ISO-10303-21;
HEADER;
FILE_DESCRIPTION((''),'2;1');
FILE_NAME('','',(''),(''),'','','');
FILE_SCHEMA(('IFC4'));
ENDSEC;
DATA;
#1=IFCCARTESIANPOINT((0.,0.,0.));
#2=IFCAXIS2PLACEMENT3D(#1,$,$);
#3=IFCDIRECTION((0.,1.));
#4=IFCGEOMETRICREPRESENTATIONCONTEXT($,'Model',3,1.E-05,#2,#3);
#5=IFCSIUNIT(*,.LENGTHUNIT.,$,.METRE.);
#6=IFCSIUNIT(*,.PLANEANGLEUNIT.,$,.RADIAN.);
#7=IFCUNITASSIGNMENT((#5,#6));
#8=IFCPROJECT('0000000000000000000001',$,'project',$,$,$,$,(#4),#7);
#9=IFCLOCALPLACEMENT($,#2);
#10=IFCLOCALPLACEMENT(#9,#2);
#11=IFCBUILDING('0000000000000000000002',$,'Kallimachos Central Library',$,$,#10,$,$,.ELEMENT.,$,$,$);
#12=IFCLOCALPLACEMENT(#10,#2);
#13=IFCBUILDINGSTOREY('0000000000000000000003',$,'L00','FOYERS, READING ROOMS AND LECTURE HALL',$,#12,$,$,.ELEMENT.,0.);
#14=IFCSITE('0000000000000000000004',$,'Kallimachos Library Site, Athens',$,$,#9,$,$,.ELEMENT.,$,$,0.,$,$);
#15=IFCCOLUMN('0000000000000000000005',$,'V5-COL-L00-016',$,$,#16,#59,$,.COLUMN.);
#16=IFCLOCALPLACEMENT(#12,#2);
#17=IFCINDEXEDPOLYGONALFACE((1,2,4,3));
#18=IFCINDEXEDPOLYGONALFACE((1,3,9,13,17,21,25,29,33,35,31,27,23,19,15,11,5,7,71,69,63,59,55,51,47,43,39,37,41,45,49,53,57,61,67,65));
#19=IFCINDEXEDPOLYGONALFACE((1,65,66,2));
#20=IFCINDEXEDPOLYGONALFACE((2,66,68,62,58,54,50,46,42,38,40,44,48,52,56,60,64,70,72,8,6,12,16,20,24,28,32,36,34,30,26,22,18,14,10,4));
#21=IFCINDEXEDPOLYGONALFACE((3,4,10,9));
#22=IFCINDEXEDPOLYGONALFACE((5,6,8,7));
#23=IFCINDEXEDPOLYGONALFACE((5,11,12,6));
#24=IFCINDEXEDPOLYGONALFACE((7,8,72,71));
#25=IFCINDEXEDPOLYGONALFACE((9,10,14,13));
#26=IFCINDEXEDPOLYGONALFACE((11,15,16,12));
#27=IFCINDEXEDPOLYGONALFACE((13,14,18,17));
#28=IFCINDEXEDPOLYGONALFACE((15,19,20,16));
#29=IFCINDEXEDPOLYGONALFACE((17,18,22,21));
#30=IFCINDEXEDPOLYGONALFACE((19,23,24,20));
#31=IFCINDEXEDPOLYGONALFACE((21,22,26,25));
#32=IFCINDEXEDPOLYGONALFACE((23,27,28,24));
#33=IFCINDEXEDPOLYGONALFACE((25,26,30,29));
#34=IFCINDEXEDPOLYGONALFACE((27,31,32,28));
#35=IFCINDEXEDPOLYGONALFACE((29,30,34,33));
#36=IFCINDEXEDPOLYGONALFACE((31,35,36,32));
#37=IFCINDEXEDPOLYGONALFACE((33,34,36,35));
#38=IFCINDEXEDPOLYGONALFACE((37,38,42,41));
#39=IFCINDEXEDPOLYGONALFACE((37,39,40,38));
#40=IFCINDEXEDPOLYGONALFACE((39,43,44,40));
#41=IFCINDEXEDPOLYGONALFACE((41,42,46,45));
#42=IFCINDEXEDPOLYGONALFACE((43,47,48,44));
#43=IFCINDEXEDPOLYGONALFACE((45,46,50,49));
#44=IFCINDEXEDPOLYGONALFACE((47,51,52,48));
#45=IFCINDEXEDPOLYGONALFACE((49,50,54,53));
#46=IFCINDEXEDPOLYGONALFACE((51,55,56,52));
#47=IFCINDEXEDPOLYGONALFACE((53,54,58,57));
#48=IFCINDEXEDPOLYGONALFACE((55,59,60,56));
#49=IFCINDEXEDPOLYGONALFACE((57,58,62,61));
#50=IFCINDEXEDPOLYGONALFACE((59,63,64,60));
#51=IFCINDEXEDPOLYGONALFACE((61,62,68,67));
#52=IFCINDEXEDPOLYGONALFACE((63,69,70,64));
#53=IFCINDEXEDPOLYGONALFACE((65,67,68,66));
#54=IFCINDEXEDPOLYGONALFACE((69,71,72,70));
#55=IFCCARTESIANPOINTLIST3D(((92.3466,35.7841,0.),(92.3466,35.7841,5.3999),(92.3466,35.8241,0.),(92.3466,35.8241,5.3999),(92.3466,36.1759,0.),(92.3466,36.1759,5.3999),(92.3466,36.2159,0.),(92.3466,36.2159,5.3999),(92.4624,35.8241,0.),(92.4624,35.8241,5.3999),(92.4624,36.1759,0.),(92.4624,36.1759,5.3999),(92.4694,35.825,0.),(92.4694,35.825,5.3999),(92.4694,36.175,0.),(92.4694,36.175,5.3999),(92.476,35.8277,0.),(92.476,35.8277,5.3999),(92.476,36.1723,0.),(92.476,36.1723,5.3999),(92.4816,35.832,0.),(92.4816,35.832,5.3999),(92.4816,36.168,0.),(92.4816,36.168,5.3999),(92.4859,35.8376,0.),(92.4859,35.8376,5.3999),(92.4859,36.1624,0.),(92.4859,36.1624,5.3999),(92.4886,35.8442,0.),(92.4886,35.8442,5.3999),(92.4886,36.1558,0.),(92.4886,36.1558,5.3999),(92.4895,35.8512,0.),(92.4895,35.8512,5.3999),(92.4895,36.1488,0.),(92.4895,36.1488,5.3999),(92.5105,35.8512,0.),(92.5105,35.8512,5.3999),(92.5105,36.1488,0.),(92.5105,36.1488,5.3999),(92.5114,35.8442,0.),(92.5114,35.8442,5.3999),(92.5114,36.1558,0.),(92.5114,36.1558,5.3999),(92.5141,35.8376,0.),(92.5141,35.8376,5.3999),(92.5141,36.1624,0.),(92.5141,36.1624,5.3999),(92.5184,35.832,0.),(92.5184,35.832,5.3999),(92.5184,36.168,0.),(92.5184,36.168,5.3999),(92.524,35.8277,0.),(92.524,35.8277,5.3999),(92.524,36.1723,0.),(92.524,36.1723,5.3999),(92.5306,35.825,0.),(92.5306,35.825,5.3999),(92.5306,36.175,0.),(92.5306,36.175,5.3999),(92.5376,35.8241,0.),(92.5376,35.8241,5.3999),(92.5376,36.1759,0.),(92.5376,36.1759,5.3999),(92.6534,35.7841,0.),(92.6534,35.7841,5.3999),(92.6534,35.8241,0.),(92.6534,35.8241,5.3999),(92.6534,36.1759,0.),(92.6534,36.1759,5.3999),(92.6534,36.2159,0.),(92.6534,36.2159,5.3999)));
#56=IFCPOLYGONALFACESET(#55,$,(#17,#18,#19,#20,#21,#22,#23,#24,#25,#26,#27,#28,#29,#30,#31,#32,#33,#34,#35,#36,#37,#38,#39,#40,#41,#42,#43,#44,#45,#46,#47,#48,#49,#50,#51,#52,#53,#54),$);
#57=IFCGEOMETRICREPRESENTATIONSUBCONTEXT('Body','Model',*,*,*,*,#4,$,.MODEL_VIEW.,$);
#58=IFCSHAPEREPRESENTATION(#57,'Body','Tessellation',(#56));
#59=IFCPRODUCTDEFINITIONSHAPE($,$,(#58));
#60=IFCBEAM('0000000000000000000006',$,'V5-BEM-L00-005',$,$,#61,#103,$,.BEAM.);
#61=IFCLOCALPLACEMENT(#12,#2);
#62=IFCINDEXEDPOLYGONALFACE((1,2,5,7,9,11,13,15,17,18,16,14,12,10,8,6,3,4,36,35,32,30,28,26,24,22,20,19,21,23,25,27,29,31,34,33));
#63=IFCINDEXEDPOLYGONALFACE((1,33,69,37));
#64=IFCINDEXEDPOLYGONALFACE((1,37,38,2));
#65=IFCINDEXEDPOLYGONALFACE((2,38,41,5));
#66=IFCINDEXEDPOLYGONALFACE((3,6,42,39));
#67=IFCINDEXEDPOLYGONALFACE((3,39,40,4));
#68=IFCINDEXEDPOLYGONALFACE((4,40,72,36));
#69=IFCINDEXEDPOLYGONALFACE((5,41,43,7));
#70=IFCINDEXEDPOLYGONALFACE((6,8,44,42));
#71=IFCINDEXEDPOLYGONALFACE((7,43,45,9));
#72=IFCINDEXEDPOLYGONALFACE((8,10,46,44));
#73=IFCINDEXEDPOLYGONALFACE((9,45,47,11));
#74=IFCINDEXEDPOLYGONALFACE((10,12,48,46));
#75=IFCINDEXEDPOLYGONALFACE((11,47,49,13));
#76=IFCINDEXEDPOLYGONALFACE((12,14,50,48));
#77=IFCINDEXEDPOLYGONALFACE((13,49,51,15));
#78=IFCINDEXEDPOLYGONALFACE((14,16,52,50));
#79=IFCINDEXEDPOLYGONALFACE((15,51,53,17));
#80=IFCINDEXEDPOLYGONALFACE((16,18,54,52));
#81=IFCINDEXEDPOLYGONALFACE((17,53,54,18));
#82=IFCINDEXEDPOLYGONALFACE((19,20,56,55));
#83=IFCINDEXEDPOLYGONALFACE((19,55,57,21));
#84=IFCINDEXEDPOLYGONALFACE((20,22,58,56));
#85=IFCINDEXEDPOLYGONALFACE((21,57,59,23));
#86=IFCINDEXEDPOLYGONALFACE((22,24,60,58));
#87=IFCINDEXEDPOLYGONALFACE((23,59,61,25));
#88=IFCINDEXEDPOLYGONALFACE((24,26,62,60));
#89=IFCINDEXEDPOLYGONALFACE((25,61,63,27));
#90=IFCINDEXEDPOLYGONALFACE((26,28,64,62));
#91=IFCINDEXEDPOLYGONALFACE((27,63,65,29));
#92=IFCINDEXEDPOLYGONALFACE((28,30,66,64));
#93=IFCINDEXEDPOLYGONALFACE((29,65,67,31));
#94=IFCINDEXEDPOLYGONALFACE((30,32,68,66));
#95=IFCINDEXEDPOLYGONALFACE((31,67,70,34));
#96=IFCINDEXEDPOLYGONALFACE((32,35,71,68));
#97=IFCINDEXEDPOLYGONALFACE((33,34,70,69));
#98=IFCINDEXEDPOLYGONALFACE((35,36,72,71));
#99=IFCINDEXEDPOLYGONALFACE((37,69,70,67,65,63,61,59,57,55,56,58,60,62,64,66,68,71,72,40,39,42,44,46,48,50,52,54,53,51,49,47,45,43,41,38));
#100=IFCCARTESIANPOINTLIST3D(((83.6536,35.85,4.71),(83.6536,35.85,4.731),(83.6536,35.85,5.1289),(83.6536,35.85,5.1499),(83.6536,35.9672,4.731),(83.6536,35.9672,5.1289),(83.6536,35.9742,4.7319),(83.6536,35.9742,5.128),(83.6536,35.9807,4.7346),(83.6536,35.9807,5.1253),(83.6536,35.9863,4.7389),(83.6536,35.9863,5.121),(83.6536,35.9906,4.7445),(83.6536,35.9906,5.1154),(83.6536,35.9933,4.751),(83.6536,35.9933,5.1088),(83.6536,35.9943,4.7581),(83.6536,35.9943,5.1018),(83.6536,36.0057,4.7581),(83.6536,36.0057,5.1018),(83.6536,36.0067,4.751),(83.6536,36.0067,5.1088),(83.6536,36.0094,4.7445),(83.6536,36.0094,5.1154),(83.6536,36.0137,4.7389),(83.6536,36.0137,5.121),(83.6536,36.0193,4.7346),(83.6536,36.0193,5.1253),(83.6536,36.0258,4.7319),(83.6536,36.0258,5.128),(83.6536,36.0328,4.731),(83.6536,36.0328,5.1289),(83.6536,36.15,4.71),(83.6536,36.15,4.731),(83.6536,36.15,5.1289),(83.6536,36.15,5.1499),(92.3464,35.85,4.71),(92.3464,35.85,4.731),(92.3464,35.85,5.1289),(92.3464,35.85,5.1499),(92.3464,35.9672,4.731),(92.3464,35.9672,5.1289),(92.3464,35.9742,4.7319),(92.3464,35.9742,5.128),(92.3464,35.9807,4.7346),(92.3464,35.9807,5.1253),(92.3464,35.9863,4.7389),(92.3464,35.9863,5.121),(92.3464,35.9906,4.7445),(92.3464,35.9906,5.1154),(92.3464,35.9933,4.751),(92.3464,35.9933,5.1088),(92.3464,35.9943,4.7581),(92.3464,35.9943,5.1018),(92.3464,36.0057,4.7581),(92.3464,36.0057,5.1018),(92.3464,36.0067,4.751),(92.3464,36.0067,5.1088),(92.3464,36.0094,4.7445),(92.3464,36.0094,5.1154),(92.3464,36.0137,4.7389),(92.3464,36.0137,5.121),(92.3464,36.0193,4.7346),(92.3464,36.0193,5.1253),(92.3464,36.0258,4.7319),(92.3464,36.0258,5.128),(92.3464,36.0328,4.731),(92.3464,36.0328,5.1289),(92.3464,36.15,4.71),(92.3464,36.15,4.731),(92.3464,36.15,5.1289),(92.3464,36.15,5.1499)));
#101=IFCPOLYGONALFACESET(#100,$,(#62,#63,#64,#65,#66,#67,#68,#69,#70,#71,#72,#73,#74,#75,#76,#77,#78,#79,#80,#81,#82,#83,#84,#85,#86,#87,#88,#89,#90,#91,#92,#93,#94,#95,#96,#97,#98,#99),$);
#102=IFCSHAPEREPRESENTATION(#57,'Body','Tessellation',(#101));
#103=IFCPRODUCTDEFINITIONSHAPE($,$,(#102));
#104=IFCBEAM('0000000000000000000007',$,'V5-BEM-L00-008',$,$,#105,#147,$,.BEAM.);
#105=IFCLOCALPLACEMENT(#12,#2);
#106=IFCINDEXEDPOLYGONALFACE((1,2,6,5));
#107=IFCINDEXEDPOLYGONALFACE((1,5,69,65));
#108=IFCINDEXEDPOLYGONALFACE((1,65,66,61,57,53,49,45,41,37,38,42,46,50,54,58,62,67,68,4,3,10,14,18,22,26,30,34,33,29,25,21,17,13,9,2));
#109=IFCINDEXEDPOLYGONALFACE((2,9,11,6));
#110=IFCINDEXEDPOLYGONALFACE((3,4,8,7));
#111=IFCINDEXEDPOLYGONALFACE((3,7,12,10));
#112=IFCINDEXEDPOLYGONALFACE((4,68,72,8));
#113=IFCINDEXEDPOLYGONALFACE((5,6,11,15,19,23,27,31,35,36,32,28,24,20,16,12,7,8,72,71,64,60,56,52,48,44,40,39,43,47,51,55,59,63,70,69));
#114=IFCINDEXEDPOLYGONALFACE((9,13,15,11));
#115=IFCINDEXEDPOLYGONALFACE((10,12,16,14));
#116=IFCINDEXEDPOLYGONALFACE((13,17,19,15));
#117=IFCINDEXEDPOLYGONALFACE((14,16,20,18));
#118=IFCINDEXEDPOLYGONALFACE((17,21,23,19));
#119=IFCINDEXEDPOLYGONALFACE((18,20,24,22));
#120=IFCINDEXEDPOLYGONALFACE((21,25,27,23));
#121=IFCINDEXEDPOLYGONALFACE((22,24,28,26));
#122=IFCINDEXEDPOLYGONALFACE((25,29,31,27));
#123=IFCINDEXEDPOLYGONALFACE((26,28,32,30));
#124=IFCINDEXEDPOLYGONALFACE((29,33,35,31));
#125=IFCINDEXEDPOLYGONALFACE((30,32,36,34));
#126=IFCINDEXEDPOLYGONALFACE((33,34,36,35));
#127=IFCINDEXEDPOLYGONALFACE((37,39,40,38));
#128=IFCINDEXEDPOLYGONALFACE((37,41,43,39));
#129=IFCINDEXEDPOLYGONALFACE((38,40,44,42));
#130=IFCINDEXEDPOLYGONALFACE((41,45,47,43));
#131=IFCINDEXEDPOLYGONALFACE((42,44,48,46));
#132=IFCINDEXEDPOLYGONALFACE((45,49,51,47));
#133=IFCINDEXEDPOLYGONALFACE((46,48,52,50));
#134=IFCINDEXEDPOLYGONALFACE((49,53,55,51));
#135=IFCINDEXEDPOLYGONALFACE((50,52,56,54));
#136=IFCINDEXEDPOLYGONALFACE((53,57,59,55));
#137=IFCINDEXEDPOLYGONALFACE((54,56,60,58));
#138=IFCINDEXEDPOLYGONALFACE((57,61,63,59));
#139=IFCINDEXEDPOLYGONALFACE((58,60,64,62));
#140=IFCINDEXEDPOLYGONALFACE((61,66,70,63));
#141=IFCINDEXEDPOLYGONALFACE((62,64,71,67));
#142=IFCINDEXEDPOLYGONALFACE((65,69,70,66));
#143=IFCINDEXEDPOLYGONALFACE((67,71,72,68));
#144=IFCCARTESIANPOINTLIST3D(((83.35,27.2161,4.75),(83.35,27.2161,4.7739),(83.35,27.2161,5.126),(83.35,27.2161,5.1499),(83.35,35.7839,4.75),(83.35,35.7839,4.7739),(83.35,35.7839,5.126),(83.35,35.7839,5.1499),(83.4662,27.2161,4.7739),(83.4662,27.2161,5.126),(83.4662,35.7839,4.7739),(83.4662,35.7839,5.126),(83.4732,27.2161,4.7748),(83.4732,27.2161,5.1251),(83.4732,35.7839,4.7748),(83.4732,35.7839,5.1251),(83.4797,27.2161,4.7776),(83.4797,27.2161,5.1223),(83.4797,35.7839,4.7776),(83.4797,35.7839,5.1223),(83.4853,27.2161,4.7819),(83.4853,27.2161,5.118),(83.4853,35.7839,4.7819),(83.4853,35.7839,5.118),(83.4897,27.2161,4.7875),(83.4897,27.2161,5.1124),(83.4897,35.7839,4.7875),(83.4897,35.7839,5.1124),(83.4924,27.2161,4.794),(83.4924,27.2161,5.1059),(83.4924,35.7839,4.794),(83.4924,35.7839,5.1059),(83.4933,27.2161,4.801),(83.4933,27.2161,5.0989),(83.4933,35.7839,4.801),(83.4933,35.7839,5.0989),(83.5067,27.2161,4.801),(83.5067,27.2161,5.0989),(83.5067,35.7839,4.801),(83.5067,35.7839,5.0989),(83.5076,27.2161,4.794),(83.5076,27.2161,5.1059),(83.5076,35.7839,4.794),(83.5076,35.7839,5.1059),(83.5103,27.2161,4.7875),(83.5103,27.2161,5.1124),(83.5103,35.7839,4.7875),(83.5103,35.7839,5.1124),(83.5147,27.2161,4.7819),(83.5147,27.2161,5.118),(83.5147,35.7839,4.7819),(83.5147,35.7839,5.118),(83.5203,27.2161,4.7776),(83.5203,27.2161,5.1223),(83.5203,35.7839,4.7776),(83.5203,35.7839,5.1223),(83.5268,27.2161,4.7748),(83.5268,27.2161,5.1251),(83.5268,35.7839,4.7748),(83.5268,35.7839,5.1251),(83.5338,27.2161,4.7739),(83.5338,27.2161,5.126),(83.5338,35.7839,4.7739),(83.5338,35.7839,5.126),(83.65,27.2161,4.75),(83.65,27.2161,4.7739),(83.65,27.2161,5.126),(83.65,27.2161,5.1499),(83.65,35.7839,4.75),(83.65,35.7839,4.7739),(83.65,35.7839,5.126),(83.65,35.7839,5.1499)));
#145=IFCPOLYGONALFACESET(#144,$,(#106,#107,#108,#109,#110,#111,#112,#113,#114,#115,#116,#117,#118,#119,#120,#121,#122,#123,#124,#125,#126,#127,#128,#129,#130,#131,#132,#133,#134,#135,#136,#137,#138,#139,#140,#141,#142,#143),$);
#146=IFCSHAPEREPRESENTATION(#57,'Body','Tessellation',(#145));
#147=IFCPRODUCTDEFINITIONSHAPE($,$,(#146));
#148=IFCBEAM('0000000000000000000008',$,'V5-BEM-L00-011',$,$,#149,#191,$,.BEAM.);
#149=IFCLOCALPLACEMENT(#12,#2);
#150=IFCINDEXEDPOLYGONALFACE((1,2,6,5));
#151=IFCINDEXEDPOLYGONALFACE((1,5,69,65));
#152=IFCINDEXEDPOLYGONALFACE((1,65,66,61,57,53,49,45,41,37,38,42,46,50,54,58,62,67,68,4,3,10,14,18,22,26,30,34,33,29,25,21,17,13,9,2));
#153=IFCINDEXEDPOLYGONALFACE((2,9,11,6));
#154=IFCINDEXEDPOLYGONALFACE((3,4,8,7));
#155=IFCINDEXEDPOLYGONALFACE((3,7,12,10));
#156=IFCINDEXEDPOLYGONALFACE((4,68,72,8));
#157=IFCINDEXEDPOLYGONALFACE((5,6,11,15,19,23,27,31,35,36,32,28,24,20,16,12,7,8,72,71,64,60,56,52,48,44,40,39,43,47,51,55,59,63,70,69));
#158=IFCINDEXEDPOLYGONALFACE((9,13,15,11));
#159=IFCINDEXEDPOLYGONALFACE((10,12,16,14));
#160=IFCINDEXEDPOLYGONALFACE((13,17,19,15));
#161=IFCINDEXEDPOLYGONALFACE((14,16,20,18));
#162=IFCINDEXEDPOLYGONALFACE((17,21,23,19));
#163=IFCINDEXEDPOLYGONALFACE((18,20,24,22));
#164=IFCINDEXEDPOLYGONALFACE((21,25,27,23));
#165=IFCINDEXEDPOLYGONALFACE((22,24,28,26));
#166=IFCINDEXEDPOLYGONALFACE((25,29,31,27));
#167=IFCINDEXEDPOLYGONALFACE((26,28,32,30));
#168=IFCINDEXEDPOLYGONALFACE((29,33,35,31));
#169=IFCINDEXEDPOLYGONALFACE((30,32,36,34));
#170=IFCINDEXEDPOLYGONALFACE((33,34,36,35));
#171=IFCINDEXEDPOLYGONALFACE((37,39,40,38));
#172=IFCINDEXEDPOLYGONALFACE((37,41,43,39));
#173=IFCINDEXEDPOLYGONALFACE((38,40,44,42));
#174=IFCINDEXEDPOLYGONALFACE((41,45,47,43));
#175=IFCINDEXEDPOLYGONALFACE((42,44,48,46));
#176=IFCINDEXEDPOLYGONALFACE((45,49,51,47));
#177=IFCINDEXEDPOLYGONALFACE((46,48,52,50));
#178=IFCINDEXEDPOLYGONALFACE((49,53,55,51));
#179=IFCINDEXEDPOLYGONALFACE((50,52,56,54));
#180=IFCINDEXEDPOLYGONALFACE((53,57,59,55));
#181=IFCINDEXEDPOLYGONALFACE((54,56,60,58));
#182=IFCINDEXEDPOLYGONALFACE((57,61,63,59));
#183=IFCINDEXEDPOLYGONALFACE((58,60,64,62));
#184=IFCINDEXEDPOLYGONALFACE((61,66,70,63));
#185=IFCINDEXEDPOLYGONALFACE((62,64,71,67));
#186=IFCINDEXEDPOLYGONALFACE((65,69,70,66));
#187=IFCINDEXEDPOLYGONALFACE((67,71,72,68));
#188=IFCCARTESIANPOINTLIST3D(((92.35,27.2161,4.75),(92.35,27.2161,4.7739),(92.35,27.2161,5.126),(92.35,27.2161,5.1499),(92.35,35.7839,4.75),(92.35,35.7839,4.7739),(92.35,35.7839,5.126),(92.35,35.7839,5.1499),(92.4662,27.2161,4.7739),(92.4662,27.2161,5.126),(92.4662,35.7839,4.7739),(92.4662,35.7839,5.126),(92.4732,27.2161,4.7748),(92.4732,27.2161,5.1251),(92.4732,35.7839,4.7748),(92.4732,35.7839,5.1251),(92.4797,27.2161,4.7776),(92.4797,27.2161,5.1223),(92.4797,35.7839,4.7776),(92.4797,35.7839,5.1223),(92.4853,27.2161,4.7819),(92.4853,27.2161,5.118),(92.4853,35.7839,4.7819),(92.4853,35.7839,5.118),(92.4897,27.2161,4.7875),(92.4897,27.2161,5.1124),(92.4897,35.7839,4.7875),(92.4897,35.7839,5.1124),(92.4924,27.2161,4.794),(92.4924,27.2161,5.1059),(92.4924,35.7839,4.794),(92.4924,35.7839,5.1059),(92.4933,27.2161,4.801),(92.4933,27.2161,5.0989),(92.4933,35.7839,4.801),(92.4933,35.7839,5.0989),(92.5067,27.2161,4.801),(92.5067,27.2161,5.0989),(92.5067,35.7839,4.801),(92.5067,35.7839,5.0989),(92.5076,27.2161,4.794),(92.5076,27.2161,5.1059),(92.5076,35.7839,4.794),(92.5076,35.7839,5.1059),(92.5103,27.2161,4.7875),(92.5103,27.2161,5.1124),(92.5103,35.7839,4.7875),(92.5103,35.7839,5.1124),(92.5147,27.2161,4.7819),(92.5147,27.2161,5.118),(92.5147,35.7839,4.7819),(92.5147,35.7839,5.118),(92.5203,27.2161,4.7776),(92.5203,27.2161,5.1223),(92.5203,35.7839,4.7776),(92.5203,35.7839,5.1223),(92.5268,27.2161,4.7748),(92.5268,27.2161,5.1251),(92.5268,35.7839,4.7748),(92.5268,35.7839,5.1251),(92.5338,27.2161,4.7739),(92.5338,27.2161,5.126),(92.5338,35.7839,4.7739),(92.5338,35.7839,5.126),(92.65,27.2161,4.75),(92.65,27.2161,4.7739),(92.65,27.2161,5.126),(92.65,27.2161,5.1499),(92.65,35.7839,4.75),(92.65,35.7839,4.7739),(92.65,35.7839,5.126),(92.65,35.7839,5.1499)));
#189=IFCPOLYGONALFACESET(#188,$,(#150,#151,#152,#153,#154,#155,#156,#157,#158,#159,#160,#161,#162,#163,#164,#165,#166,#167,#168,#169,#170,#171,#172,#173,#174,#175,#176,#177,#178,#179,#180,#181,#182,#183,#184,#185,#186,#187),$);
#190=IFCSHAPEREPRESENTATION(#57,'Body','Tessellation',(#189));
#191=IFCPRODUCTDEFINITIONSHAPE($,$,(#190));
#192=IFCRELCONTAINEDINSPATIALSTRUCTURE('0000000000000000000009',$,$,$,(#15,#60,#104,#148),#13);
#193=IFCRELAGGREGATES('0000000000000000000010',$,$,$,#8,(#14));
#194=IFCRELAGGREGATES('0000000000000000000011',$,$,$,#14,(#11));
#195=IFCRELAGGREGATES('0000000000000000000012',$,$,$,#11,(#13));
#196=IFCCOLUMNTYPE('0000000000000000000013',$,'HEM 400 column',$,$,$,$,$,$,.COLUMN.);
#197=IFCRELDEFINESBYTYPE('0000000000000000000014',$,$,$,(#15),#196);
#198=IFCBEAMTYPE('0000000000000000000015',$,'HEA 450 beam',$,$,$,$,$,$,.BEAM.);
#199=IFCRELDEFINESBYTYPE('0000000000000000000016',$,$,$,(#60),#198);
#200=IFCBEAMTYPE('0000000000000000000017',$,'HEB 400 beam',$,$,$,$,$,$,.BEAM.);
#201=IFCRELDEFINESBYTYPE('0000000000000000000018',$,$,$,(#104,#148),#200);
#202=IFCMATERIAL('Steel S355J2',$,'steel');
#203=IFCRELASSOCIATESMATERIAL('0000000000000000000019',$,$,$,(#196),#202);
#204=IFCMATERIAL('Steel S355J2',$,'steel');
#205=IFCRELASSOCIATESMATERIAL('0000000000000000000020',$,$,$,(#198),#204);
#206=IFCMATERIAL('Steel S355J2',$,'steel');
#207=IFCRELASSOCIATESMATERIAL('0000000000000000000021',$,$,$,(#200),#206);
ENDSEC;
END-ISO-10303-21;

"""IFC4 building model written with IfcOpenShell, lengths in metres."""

from ifc_helpers import new_model, si_unit, direction, frame, origin, origin_2d, place, context, subcontext, project, spatial, i_section, extrude, material, material_profile, profile_set, type_object, element, save


model = new_model("IFC4")

# Units and contexts
model_context = context("Model", 3, precision=1e-05, world=origin(), true_north=direction((0.0, 1.0)))
body_context = subcontext(model_context, "Body", "Model", "MODEL_VIEW")
ifc_project = project(units=[si_unit("LENGTHUNIT", "METRE"), si_unit("PLANEANGLEUNIT", "RADIAN")], contexts=[model_context])

# Site, building, storey
site_placement = place(None, origin())
site = spatial("IfcSite", under=ifc_project, at=site_placement, Name="Kallimachos Library Site, Athens", CompositionType="ELEMENT", RefElevation=0.0)
building_placement = place(site_placement, origin())
building = spatial("IfcBuilding", under=site, at=building_placement, Name="Kallimachos Central Library", CompositionType="ELEMENT")
storey_placement = place(building_placement, origin())
storey = spatial("IfcBuildingStorey", under=building, at=storey_placement, Name="L00", Description="FOYERS, READING ROOMS AND LECTURE HALL", CompositionType="ELEMENT", Elevation=0.0)

# Column
ifc_material_1 = material(Name="Steel S355J2", Category="steel")
ifc_material_profile_1 = material_profile(ifc_material_1, i_section(OverallWidth=0.3069, OverallDepth=0.4319, WebThickness=0.021, FlangeThickness=0.04, FilletRadius=0.0271, at=origin_2d()), Name="HEM 400")
ifc_profile_set_1 = profile_set([ifc_material_profile_1], Name="Steel S355J2")
column_type = type_object("IfcColumnType", Name="HEM 400 column", PredefinedType="COLUMN", material=ifc_profile_set_1)
for number, where, z_axis, x_axis, name in (
    (1, (92.5, 36.0, 0.0), (0.0, 0.0, 1.0), (1.0, 0.0, 0.0), "V5-COL-L00-016"),
):
    element("IfcColumn", number, at=place(storey_placement, frame(where, z_axis=z_axis, x_axis=x_axis)), inside=storey, type_object=column_type, Name=name, PredefinedType="COLUMN", context=body_context, shape_type="SweptSolid", body=[
        extrude(i_section(OverallWidth=0.3069, OverallDepth=0.4319, WebThickness=0.021, FlangeThickness=0.04, FilletRadius=0.0271, at=origin_2d()), origin(), (0.0, 0.0, 1.0), 5.3999),
    ])

# Beams
ifc_material_2 = material(Name="Steel S355J2", Category="steel")
ifc_material_profile_2 = material_profile(ifc_material_2, i_section(OverallWidth=0.3, OverallDepth=0.4399, WebThickness=0.0115, FlangeThickness=0.021, FilletRadius=0.0271, at=origin_2d()), Name="HEA 450")
ifc_profile_set_2 = profile_set([ifc_material_profile_2], Name="Steel S355J2")
beam_type_1 = type_object("IfcBeamType", Name="HEA 450 beam", PredefinedType="BEAM", material=ifc_profile_set_2)
beam_placement = place(storey_placement, frame((83.6536, 36.0, 4.9299), z_axis=(1.0, 0.0, 0.0), x_axis=(0.0, 1.0, 0.0)))
element("IfcBeam", 2, at=beam_placement, inside=storey, type_object=beam_type_1, Name="V5-BEM-L00-005", PredefinedType="BEAM", context=body_context, shape_type="SweptSolid", body=[
    extrude(i_section(OverallWidth=0.3, OverallDepth=0.4399, WebThickness=0.0115, FlangeThickness=0.021, FilletRadius=0.0271, at=origin_2d()), origin(), (0.0, 0.0, 1.0), 8.6929),
])
ifc_material_3 = material(Name="Steel S355J2", Category="steel")
ifc_material_profile_3 = material_profile(ifc_material_3, i_section(OverallWidth=0.3, OverallDepth=0.3999, WebThickness=0.0134, FlangeThickness=0.0239, FilletRadius=0.0271, at=origin_2d()), Name="HEB 400")
ifc_profile_set_3 = profile_set([ifc_material_profile_3], Name="Steel S355J2")
beam_type_2 = type_object("IfcBeamType", Name="HEB 400 beam", PredefinedType="BEAM", material=ifc_profile_set_3)
for number, where, z_axis, x_axis, name in (
    (3, (83.5, 27.2161, 4.95), (0.0, 1.0, 0.0), (-1.0, 0.0, 0.0), "V5-BEM-L00-008"),
    (4, (92.5, 27.2161, 4.95), (0.0, 1.0, 0.0), (-1.0, 0.0, 0.0), "V5-BEM-L00-011"),
):
    element("IfcBeam", number, at=place(storey_placement, frame(where, z_axis=z_axis, x_axis=x_axis)), inside=storey, type_object=beam_type_2, Name=name, PredefinedType="BEAM", context=body_context, shape_type="SweptSolid", body=[
        extrude(i_section(OverallWidth=0.3, OverallDepth=0.3999, WebThickness=0.0134, FlangeThickness=0.0239, FilletRadius=0.0271, at=origin_2d()), origin(), (0.0, 0.0, 1.0), 8.5679),
    ])

save(model, "model.ifc")
